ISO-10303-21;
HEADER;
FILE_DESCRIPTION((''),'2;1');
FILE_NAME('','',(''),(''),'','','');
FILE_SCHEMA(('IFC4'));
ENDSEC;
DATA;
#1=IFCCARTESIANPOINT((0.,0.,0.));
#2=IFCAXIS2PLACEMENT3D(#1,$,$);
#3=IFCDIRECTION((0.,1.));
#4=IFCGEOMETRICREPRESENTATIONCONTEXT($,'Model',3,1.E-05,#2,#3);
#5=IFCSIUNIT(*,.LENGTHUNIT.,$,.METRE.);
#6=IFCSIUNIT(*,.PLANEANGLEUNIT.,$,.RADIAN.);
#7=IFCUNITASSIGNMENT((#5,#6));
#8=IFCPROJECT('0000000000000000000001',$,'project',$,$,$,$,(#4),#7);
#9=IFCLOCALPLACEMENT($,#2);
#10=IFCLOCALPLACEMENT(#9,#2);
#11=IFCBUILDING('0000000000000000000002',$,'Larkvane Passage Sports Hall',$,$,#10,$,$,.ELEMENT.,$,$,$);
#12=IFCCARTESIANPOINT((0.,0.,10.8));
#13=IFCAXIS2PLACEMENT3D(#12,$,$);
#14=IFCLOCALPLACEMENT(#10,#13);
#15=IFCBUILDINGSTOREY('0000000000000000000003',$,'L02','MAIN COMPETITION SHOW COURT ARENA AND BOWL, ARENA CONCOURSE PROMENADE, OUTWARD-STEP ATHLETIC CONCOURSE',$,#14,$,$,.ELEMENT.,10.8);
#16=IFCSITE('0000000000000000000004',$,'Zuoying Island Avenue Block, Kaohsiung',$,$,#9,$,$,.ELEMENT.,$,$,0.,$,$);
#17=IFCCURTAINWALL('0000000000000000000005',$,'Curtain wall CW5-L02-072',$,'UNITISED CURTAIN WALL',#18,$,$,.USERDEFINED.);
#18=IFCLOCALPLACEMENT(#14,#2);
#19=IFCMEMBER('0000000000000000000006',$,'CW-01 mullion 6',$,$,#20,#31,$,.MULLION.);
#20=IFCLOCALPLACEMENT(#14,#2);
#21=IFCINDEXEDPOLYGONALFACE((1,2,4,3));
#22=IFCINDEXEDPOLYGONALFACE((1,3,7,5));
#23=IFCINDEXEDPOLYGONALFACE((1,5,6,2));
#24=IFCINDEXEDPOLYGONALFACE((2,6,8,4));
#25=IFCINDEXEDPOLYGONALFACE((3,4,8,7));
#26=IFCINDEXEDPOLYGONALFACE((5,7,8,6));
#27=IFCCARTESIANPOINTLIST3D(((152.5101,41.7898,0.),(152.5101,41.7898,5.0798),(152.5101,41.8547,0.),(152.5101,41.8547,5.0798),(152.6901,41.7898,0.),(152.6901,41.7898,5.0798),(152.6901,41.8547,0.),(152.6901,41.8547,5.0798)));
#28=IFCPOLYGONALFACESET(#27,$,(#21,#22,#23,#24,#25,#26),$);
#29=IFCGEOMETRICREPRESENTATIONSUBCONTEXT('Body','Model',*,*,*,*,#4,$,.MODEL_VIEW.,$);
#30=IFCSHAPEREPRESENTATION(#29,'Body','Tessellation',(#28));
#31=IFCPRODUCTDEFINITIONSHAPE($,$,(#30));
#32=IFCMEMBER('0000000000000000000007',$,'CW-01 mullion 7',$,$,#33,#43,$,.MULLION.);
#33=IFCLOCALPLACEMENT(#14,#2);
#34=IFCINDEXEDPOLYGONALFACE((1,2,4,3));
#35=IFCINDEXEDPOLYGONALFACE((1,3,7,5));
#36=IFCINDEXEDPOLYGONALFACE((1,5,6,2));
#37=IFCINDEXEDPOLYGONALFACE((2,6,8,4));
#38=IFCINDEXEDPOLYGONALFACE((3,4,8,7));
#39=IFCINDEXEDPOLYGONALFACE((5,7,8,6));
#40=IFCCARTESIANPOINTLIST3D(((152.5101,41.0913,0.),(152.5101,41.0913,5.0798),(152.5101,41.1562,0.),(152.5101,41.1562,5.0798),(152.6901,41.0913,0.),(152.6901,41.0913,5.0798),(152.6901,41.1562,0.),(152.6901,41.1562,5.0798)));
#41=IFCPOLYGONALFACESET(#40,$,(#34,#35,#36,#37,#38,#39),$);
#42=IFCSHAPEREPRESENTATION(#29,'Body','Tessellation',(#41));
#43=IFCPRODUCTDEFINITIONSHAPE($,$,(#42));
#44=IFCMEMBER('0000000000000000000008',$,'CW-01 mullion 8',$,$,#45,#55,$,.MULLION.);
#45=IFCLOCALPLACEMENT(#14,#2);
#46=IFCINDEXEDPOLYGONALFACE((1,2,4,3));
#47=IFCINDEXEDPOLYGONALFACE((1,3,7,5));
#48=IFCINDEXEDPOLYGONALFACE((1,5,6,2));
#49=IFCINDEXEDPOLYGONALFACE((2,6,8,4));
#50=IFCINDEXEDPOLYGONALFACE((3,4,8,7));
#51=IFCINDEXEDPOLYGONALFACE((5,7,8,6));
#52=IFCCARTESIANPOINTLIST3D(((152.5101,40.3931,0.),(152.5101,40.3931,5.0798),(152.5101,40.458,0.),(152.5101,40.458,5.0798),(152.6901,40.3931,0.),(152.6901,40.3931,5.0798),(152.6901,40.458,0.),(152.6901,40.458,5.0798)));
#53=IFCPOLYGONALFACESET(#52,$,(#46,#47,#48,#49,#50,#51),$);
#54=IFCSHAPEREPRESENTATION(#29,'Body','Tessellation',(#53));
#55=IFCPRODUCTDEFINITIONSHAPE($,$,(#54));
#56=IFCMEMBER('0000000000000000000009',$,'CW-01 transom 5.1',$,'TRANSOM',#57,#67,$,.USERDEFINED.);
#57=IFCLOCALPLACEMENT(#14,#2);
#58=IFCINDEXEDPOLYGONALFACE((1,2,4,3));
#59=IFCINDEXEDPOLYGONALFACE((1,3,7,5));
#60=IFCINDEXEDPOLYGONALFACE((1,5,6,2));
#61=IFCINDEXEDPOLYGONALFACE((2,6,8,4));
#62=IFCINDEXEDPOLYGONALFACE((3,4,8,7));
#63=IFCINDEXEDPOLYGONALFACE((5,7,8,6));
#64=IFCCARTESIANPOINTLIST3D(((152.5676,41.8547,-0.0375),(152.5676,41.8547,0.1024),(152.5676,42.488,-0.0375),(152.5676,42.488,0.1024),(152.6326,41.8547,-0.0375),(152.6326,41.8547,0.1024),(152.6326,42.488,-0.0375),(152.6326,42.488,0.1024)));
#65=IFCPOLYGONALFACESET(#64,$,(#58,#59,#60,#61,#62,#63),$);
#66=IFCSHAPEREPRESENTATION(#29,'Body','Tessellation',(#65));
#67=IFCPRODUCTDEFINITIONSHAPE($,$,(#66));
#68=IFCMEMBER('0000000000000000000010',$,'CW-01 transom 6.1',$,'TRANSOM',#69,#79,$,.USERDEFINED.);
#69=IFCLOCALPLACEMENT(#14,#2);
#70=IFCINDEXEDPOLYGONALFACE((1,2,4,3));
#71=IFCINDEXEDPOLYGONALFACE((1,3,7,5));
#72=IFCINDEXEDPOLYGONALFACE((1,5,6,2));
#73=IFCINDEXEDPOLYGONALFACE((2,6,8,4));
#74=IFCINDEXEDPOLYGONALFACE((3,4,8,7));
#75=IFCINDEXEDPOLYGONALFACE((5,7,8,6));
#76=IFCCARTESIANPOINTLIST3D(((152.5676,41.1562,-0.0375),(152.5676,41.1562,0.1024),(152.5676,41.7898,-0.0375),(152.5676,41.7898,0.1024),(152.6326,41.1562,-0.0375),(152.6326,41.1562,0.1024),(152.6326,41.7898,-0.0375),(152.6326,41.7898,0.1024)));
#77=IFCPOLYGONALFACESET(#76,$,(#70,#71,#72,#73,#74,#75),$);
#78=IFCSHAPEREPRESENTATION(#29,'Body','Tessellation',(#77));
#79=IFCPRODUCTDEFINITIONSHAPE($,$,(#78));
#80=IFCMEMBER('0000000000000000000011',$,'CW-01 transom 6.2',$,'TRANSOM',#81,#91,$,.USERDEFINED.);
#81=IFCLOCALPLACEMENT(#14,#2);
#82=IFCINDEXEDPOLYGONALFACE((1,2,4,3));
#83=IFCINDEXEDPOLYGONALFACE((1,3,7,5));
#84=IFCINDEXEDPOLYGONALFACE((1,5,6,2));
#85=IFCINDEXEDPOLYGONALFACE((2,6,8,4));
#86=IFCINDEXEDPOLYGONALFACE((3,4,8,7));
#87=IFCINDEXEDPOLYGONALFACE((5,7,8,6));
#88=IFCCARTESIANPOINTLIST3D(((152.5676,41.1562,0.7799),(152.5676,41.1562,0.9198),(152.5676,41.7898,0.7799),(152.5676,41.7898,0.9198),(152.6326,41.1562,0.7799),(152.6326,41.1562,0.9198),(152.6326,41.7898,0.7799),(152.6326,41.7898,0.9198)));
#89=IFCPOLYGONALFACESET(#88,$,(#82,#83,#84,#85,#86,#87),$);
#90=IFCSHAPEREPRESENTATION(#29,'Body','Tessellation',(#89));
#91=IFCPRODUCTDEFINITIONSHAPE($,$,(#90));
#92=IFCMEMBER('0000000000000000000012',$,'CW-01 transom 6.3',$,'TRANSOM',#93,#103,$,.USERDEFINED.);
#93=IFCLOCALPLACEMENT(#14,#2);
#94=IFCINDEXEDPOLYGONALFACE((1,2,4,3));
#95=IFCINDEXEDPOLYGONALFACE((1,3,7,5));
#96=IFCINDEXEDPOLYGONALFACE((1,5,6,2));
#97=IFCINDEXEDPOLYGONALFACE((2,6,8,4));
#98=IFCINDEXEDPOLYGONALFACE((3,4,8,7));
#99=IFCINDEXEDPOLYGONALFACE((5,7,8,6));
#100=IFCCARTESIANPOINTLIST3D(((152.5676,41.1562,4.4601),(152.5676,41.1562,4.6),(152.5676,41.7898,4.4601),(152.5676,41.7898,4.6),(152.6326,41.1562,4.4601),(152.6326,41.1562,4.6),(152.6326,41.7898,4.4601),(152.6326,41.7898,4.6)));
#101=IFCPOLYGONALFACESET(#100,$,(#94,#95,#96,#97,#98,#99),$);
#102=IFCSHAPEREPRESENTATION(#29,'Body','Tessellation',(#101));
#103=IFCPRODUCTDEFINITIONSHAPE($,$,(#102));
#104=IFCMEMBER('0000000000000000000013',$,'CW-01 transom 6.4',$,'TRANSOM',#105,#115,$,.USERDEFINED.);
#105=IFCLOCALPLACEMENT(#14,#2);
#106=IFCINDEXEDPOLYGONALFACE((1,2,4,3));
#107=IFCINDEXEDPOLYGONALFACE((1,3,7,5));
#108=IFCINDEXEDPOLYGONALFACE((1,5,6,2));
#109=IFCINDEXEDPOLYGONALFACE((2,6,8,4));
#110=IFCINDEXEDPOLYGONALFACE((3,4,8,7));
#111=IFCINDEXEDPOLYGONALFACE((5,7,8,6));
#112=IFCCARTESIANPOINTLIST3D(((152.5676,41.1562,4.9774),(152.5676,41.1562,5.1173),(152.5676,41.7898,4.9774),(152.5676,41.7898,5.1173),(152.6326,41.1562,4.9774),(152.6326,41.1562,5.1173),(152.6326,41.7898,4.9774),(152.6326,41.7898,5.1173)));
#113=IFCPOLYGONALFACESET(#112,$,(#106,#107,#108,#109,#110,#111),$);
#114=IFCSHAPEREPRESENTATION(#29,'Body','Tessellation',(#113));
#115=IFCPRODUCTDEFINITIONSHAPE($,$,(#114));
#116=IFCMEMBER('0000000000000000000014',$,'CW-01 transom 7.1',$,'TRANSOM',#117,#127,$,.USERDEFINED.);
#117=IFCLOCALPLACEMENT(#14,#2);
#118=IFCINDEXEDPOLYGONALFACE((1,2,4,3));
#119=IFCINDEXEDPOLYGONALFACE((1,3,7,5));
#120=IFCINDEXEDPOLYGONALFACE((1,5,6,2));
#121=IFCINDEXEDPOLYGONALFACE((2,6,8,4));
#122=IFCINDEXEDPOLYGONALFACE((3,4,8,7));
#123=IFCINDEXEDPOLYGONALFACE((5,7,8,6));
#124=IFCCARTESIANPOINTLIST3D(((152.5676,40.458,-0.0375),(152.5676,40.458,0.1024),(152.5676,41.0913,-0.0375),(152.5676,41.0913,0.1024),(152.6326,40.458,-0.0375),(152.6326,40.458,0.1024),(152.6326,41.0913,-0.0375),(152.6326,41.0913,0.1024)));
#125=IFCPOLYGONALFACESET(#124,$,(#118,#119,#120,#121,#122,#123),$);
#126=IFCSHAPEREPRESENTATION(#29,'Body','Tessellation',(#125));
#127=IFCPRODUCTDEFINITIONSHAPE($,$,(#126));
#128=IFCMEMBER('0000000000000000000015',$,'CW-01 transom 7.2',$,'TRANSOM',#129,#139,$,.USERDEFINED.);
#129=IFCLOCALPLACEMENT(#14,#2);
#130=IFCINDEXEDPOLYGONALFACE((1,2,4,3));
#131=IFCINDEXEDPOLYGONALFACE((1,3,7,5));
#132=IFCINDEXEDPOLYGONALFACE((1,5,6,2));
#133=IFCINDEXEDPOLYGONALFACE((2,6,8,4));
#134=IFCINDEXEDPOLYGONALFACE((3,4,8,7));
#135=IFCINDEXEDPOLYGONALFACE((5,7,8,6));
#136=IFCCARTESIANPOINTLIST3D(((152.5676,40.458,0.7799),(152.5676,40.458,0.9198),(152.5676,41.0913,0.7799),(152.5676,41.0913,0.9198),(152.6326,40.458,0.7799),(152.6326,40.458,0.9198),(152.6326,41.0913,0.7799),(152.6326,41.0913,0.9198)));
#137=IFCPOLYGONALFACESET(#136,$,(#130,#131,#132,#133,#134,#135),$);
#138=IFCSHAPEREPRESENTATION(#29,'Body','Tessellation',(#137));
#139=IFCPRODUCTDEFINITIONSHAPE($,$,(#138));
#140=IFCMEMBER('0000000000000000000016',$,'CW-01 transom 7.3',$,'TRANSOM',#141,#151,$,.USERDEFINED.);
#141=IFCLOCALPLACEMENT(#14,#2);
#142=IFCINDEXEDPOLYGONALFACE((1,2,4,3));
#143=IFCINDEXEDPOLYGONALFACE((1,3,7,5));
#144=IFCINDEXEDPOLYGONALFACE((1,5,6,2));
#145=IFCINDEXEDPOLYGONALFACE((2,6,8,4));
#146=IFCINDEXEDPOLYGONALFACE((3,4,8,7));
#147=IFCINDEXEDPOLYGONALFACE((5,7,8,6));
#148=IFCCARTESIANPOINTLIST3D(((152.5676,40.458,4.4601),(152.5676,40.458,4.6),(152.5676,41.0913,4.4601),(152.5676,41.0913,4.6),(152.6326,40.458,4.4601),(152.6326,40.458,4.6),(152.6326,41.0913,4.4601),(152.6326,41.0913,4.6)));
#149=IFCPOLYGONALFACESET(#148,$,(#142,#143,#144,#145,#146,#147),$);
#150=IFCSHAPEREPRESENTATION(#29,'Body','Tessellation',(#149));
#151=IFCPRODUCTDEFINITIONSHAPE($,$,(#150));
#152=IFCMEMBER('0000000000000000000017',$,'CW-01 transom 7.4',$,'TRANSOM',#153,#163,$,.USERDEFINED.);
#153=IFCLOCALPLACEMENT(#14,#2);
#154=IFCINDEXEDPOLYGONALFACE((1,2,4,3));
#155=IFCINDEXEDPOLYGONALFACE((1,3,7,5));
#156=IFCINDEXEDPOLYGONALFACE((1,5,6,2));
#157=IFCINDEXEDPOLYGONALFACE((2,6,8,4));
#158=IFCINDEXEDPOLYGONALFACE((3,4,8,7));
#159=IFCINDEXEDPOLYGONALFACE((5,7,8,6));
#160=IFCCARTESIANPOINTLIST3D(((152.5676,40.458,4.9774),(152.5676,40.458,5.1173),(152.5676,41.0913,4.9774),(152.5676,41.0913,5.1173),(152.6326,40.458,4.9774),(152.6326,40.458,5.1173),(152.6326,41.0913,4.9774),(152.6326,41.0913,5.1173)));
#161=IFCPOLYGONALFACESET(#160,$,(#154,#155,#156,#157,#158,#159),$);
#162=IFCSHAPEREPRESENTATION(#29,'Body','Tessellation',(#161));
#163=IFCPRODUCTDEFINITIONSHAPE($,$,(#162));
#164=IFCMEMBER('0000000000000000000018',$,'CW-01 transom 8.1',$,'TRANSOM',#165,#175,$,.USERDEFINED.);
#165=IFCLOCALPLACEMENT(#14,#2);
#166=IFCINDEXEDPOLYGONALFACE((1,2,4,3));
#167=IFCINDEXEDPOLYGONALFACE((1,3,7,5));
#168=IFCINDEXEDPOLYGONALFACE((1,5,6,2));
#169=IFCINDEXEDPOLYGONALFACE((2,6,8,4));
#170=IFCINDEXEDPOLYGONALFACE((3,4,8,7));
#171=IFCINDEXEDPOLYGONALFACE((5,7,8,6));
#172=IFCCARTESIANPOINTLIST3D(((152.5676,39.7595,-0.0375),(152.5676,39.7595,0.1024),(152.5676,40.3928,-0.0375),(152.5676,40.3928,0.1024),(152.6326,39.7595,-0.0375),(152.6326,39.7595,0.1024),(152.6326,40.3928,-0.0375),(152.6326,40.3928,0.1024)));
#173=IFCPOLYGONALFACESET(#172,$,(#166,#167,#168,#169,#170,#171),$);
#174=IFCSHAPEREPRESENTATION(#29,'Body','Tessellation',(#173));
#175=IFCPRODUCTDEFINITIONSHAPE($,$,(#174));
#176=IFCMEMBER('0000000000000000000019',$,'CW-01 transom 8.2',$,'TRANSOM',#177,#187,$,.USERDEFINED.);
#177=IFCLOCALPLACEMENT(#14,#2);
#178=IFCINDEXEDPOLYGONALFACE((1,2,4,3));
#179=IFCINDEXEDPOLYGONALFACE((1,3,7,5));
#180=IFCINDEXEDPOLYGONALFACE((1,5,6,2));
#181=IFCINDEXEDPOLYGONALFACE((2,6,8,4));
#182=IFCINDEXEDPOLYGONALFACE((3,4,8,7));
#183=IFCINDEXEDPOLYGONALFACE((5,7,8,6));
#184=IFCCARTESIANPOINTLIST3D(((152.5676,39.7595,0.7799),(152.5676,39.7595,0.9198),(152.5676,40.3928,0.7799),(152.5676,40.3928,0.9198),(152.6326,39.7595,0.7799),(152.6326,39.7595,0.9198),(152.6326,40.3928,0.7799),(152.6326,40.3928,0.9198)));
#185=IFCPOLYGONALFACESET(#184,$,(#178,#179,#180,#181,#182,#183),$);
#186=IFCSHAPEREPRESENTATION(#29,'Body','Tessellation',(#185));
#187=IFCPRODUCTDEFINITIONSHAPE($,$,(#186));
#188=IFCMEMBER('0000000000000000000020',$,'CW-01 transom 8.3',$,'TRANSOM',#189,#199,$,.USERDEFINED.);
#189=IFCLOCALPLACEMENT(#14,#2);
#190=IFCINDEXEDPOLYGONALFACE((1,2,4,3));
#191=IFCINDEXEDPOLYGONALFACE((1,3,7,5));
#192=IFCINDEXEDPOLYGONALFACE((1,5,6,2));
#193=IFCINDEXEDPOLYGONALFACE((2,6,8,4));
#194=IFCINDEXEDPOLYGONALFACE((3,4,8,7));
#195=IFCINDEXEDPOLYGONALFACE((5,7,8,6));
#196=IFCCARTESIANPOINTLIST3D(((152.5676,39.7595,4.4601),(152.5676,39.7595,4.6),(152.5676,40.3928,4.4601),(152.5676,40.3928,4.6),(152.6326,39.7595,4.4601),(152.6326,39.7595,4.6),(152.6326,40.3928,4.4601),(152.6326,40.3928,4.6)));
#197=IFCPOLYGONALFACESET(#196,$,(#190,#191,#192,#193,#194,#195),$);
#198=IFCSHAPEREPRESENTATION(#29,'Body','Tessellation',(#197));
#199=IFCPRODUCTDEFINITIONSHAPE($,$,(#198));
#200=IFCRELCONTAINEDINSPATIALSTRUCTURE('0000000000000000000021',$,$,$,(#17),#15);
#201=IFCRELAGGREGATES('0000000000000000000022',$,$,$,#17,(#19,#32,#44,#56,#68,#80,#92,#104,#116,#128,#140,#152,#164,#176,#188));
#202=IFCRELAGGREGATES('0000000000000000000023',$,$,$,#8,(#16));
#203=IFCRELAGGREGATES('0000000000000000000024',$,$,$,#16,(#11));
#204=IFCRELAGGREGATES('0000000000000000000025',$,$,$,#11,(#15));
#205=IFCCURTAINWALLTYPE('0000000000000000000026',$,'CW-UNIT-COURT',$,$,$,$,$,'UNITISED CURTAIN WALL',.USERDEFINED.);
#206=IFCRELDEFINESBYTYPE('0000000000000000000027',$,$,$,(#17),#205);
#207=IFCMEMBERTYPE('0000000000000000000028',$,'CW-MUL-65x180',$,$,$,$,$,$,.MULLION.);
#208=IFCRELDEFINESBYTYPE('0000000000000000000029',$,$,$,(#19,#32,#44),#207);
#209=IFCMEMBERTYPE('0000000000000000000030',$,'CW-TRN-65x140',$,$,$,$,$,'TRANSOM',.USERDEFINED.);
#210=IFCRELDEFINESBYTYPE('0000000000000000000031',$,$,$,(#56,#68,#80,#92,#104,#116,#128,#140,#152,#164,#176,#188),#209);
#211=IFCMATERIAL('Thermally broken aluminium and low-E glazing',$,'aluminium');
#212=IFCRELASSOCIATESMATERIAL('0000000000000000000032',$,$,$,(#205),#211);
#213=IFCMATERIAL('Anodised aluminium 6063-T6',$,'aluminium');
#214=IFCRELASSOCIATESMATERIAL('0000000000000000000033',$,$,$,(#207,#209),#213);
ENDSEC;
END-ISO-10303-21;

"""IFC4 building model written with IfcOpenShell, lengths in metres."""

from ifc_helpers import new_model, si_unit, direction, frame, origin, origin_2d, place, context, subcontext, project, spatial, rectangle, extrude, material, material_profile, profile_set, type_object, element, aggregate, save


model = new_model("IFC4")

# Units and contexts
model_context = context("Model", 3, precision=1e-05, world=origin(), true_north=direction((0.0, 1.0)))
body_context = subcontext(model_context, "Body", "Model", "MODEL_VIEW")
ifc_project = project(units=[si_unit("LENGTHUNIT", "METRE"), si_unit("PLANEANGLEUNIT", "RADIAN")], contexts=[model_context])

# Site, building, storey
site_placement = place(None, origin())
site = spatial("IfcSite", under=ifc_project, at=site_placement, Name="Zuoying Island Avenue Block, Kaohsiung", CompositionType="ELEMENT", RefElevation=0.0)
building_placement = place(site_placement, origin())
building = spatial("IfcBuilding", under=site, at=building_placement, Name="Larkvane Passage Sports Hall", CompositionType="ELEMENT")
storey_placement = place(building_placement, frame((0.0, 0.0, 10.8)))
storey = spatial("IfcBuildingStorey", under=building, at=storey_placement, Name="L02", Description="MAIN COMPETITION SHOW COURT ARENA AND BOWL, ARENA CONCOURSE PROMENADE, OUTWARD-STEP ATHLETIC CONCOURSE", CompositionType="ELEMENT", Elevation=10.8)

# Curtain wall, members
ifc_material_1 = material(Name="Thermally broken aluminium and low-E glazing", Category="aluminium")
curtain_wall_type = type_object("IfcCurtainWallType", Name="CW-UNIT-COURT", ElementType="UNITISED CURTAIN WALL", PredefinedType="USERDEFINED", material=ifc_material_1)
curtain_wall_placement = place(storey_placement, origin())
curtain_wall = element("IfcCurtainWall", 1, at=curtain_wall_placement, inside=storey, type_object=curtain_wall_type, Name="Curtain wall CW5-L02-072", ObjectType="UNITISED CURTAIN WALL", PredefinedType="USERDEFINED")
ifc_material_2 = material(Name="Anodised aluminium 6063-T6", Category="aluminium")
ifc_material_profile_1 = material_profile(ifc_material_2, rectangle(XDim=0.0649, YDim=0.1799, at=origin_2d()), Name="ALU-MUL-65x180")
ifc_profile_set_1 = profile_set([ifc_material_profile_1], Name="Anodised aluminium 6063-T6")
member_type_1 = type_object("IfcMemberType", Name="CW-MUL-65x180", PredefinedType="MULLION", material=ifc_profile_set_1)
member_1_placement = place(storey_placement, frame((152.6001, 41.8223, 0.0), z_axis=(0.0, 0.0, 1.0), x_axis=(0.0, -1.0, 0.0)))
member_1 = element("IfcMember", 2, at=member_1_placement, type_object=member_type_1, Name="CW-01 mullion 6", PredefinedType="MULLION", context=body_context, shape_type="SweptSolid", body=[
    extrude(rectangle(XDim=0.0649, YDim=0.1799, at=origin_2d()), origin(), (0.0, 0.0, 1.0), 5.0798),
])
member_2_placement = place(storey_placement, frame((152.6001, 41.1238, 0.0), z_axis=(0.0, 0.0, 1.0), x_axis=(0.0, -1.0, 0.0)))
member_2 = element("IfcMember", 3, at=member_2_placement, type_object=member_type_1, Name="CW-01 mullion 7", PredefinedType="MULLION", context=body_context, shape_type="SweptSolid", body=[
    extrude(rectangle(XDim=0.0649, YDim=0.1799, at=origin_2d()), origin(), (0.0, 0.0, 1.0), 5.0798),
])
member_3_placement = place(storey_placement, frame((152.6001, 40.4255, 0.0), z_axis=(0.0, 0.0, 1.0), x_axis=(0.0, -1.0, 0.0)))
member_3 = element("IfcMember", 4, at=member_3_placement, type_object=member_type_1, Name="CW-01 mullion 8", PredefinedType="MULLION", context=body_context, shape_type="SweptSolid", body=[
    extrude(rectangle(XDim=0.0649, YDim=0.1799, at=origin_2d()), origin(), (0.0, 0.0, 1.0), 5.0798),
])
ifc_material_profile_2 = material_profile(ifc_material_2, rectangle(XDim=0.0649, YDim=0.1399, at=origin_2d()), Name="ALU-TRN-65x140")
ifc_profile_set_2 = profile_set([ifc_material_profile_2], Name="Anodised aluminium 6063-T6")
member_type_2 = type_object("IfcMemberType", Name="CW-TRN-65x140", ElementType="TRANSOM", PredefinedType="USERDEFINED", material=ifc_profile_set_2)
member_4_placement = place(storey_placement, frame((152.6001, 42.488, 0.0325), z_axis=(0.0, -1.0, 0.0), x_axis=(1.0, 0.0, 0.0)))
member_4 = element("IfcMember", 5, at=member_4_placement, type_object=member_type_2, Name="CW-01 transom 5.1", ObjectType="TRANSOM", PredefinedType="USERDEFINED", context=body_context, shape_type="SweptSolid", body=[
    extrude(rectangle(XDim=0.0649, YDim=0.1399, at=origin_2d()), origin(), (0.0, 0.0, 1.0), 0.6333),
])
member_5_placement = place(storey_placement, frame((152.6001, 41.7898, 0.0325), z_axis=(0.0, -1.0, 0.0), x_axis=(1.0, 0.0, 0.0)))
member_5 = element("IfcMember", 6, at=member_5_placement, type_object=member_type_2, Name="CW-01 transom 6.1", ObjectType="TRANSOM", PredefinedType="USERDEFINED", context=body_context, shape_type="SweptSolid", body=[
    extrude(rectangle(XDim=0.0649, YDim=0.1399, at=origin_2d()), origin(), (0.0, 0.0, 1.0), 0.6335),
])
member_6_placement = place(storey_placement, frame((152.6001, 41.7898, 0.8499), z_axis=(0.0, -1.0, 0.0), x_axis=(1.0, 0.0, 0.0)))
member_6 = element("IfcMember", 7, at=member_6_placement, type_object=member_type_2, Name="CW-01 transom 6.2", ObjectType="TRANSOM", PredefinedType="USERDEFINED", context=body_context, shape_type="SweptSolid", body=[
    extrude(rectangle(XDim=0.0649, YDim=0.1399, at=origin_2d()), origin(), (0.0, 0.0, 1.0), 0.6335),
])
member_7_placement = place(storey_placement, frame((152.6001, 41.7898, 4.53), z_axis=(0.0, -1.0, 0.0), x_axis=(1.0, 0.0, 0.0)))
member_7 = element("IfcMember", 8, at=member_7_placement, type_object=member_type_2, Name="CW-01 transom 6.3", ObjectType="TRANSOM", PredefinedType="USERDEFINED", context=body_context, shape_type="SweptSolid", body=[
    extrude(rectangle(XDim=0.0649, YDim=0.1399, at=origin_2d()), origin(), (0.0, 0.0, 1.0), 0.6335),
])
member_8_placement = place(storey_placement, frame((152.6001, 41.7898, 5.0474), z_axis=(0.0, -1.0, 0.0), x_axis=(1.0, 0.0, 0.0)))
member_8 = element("IfcMember", 9, at=member_8_placement, type_object=member_type_2, Name="CW-01 transom 6.4", ObjectType="TRANSOM", PredefinedType="USERDEFINED", context=body_context, shape_type="SweptSolid", body=[
    extrude(rectangle(XDim=0.0649, YDim=0.1399, at=origin_2d()), origin(), (0.0, 0.0, 1.0), 0.6335),
])
member_9_placement = place(storey_placement, frame((152.6001, 41.0913, 0.0325), z_axis=(0.0, -1.0, 0.0), x_axis=(1.0, 0.0, 0.0)))
member_9 = element("IfcMember", 10, at=member_9_placement, type_object=member_type_2, Name="CW-01 transom 7.1", ObjectType="TRANSOM", PredefinedType="USERDEFINED", context=body_context, shape_type="SweptSolid", body=[
    extrude(rectangle(XDim=0.0649, YDim=0.1399, at=origin_2d()), origin(), (0.0, 0.0, 1.0), 0.6333),
])
member_10_placement = place(storey_placement, frame((152.6001, 41.0913, 0.8499), z_axis=(0.0, -1.0, 0.0), x_axis=(1.0, 0.0, 0.0)))
member_10 = element("IfcMember", 11, at=member_10_placement, type_object=member_type_2, Name="CW-01 transom 7.2", ObjectType="TRANSOM", PredefinedType="USERDEFINED", context=body_context, shape_type="SweptSolid", body=[
    extrude(rectangle(XDim=0.0649, YDim=0.1399, at=origin_2d()), origin(), (0.0, 0.0, 1.0), 0.6333),
])
member_11_placement = place(storey_placement, frame((152.6001, 41.0913, 4.53), z_axis=(0.0, -1.0, 0.0), x_axis=(1.0, 0.0, 0.0)))
member_11 = element("IfcMember", 12, at=member_11_placement, type_object=member_type_2, Name="CW-01 transom 7.3", ObjectType="TRANSOM", PredefinedType="USERDEFINED", context=body_context, shape_type="SweptSolid", body=[
    extrude(rectangle(XDim=0.0649, YDim=0.1399, at=origin_2d()), origin(), (0.0, 0.0, 1.0), 0.6333),
])
member_12_placement = place(storey_placement, frame((152.6001, 41.0913, 5.0474), z_axis=(0.0, -1.0, 0.0), x_axis=(1.0, 0.0, 0.0)))
member_12 = element("IfcMember", 13, at=member_12_placement, type_object=member_type_2, Name="CW-01 transom 7.4", ObjectType="TRANSOM", PredefinedType="USERDEFINED", context=body_context, shape_type="SweptSolid", body=[
    extrude(rectangle(XDim=0.0649, YDim=0.1399, at=origin_2d()), origin(), (0.0, 0.0, 1.0), 0.6333),
])
member_13_placement = place(storey_placement, frame((152.6001, 40.3928, 0.0325), z_axis=(0.0, -1.0, 0.0), x_axis=(1.0, 0.0, 0.0)))
member_13 = element("IfcMember", 14, at=member_13_placement, type_object=member_type_2, Name="CW-01 transom 8.1", ObjectType="TRANSOM", PredefinedType="USERDEFINED", context=body_context, shape_type="SweptSolid", body=[
    extrude(rectangle(XDim=0.0649, YDim=0.1399, at=origin_2d()), origin(), (0.0, 0.0, 1.0), 0.6333),
])
member_14_placement = place(storey_placement, frame((152.6001, 40.3928, 0.8499), z_axis=(0.0, -1.0, 0.0), x_axis=(1.0, 0.0, 0.0)))
member_14 = element("IfcMember", 15, at=member_14_placement, type_object=member_type_2, Name="CW-01 transom 8.2", ObjectType="TRANSOM", PredefinedType="USERDEFINED", context=body_context, shape_type="SweptSolid", body=[
    extrude(rectangle(XDim=0.0649, YDim=0.1399, at=origin_2d()), origin(), (0.0, 0.0, 1.0), 0.6333),
])
member_15_placement = place(storey_placement, frame((152.6001, 40.3928, 4.53), z_axis=(0.0, -1.0, 0.0), x_axis=(1.0, 0.0, 0.0)))
member_15 = element("IfcMember", 16, at=member_15_placement, type_object=member_type_2, Name="CW-01 transom 8.3", ObjectType="TRANSOM", PredefinedType="USERDEFINED", context=body_context, shape_type="SweptSolid", body=[
    extrude(rectangle(XDim=0.0649, YDim=0.1399, at=origin_2d()), origin(), (0.0, 0.0, 1.0), 0.6333),
])
aggregate(curtain_wall, [member_1, member_2, member_3, member_4, member_5, member_6, member_7, member_8, member_9, member_10, member_11, member_12, member_13, member_14, member_15])

save(model, "model.ifc")
